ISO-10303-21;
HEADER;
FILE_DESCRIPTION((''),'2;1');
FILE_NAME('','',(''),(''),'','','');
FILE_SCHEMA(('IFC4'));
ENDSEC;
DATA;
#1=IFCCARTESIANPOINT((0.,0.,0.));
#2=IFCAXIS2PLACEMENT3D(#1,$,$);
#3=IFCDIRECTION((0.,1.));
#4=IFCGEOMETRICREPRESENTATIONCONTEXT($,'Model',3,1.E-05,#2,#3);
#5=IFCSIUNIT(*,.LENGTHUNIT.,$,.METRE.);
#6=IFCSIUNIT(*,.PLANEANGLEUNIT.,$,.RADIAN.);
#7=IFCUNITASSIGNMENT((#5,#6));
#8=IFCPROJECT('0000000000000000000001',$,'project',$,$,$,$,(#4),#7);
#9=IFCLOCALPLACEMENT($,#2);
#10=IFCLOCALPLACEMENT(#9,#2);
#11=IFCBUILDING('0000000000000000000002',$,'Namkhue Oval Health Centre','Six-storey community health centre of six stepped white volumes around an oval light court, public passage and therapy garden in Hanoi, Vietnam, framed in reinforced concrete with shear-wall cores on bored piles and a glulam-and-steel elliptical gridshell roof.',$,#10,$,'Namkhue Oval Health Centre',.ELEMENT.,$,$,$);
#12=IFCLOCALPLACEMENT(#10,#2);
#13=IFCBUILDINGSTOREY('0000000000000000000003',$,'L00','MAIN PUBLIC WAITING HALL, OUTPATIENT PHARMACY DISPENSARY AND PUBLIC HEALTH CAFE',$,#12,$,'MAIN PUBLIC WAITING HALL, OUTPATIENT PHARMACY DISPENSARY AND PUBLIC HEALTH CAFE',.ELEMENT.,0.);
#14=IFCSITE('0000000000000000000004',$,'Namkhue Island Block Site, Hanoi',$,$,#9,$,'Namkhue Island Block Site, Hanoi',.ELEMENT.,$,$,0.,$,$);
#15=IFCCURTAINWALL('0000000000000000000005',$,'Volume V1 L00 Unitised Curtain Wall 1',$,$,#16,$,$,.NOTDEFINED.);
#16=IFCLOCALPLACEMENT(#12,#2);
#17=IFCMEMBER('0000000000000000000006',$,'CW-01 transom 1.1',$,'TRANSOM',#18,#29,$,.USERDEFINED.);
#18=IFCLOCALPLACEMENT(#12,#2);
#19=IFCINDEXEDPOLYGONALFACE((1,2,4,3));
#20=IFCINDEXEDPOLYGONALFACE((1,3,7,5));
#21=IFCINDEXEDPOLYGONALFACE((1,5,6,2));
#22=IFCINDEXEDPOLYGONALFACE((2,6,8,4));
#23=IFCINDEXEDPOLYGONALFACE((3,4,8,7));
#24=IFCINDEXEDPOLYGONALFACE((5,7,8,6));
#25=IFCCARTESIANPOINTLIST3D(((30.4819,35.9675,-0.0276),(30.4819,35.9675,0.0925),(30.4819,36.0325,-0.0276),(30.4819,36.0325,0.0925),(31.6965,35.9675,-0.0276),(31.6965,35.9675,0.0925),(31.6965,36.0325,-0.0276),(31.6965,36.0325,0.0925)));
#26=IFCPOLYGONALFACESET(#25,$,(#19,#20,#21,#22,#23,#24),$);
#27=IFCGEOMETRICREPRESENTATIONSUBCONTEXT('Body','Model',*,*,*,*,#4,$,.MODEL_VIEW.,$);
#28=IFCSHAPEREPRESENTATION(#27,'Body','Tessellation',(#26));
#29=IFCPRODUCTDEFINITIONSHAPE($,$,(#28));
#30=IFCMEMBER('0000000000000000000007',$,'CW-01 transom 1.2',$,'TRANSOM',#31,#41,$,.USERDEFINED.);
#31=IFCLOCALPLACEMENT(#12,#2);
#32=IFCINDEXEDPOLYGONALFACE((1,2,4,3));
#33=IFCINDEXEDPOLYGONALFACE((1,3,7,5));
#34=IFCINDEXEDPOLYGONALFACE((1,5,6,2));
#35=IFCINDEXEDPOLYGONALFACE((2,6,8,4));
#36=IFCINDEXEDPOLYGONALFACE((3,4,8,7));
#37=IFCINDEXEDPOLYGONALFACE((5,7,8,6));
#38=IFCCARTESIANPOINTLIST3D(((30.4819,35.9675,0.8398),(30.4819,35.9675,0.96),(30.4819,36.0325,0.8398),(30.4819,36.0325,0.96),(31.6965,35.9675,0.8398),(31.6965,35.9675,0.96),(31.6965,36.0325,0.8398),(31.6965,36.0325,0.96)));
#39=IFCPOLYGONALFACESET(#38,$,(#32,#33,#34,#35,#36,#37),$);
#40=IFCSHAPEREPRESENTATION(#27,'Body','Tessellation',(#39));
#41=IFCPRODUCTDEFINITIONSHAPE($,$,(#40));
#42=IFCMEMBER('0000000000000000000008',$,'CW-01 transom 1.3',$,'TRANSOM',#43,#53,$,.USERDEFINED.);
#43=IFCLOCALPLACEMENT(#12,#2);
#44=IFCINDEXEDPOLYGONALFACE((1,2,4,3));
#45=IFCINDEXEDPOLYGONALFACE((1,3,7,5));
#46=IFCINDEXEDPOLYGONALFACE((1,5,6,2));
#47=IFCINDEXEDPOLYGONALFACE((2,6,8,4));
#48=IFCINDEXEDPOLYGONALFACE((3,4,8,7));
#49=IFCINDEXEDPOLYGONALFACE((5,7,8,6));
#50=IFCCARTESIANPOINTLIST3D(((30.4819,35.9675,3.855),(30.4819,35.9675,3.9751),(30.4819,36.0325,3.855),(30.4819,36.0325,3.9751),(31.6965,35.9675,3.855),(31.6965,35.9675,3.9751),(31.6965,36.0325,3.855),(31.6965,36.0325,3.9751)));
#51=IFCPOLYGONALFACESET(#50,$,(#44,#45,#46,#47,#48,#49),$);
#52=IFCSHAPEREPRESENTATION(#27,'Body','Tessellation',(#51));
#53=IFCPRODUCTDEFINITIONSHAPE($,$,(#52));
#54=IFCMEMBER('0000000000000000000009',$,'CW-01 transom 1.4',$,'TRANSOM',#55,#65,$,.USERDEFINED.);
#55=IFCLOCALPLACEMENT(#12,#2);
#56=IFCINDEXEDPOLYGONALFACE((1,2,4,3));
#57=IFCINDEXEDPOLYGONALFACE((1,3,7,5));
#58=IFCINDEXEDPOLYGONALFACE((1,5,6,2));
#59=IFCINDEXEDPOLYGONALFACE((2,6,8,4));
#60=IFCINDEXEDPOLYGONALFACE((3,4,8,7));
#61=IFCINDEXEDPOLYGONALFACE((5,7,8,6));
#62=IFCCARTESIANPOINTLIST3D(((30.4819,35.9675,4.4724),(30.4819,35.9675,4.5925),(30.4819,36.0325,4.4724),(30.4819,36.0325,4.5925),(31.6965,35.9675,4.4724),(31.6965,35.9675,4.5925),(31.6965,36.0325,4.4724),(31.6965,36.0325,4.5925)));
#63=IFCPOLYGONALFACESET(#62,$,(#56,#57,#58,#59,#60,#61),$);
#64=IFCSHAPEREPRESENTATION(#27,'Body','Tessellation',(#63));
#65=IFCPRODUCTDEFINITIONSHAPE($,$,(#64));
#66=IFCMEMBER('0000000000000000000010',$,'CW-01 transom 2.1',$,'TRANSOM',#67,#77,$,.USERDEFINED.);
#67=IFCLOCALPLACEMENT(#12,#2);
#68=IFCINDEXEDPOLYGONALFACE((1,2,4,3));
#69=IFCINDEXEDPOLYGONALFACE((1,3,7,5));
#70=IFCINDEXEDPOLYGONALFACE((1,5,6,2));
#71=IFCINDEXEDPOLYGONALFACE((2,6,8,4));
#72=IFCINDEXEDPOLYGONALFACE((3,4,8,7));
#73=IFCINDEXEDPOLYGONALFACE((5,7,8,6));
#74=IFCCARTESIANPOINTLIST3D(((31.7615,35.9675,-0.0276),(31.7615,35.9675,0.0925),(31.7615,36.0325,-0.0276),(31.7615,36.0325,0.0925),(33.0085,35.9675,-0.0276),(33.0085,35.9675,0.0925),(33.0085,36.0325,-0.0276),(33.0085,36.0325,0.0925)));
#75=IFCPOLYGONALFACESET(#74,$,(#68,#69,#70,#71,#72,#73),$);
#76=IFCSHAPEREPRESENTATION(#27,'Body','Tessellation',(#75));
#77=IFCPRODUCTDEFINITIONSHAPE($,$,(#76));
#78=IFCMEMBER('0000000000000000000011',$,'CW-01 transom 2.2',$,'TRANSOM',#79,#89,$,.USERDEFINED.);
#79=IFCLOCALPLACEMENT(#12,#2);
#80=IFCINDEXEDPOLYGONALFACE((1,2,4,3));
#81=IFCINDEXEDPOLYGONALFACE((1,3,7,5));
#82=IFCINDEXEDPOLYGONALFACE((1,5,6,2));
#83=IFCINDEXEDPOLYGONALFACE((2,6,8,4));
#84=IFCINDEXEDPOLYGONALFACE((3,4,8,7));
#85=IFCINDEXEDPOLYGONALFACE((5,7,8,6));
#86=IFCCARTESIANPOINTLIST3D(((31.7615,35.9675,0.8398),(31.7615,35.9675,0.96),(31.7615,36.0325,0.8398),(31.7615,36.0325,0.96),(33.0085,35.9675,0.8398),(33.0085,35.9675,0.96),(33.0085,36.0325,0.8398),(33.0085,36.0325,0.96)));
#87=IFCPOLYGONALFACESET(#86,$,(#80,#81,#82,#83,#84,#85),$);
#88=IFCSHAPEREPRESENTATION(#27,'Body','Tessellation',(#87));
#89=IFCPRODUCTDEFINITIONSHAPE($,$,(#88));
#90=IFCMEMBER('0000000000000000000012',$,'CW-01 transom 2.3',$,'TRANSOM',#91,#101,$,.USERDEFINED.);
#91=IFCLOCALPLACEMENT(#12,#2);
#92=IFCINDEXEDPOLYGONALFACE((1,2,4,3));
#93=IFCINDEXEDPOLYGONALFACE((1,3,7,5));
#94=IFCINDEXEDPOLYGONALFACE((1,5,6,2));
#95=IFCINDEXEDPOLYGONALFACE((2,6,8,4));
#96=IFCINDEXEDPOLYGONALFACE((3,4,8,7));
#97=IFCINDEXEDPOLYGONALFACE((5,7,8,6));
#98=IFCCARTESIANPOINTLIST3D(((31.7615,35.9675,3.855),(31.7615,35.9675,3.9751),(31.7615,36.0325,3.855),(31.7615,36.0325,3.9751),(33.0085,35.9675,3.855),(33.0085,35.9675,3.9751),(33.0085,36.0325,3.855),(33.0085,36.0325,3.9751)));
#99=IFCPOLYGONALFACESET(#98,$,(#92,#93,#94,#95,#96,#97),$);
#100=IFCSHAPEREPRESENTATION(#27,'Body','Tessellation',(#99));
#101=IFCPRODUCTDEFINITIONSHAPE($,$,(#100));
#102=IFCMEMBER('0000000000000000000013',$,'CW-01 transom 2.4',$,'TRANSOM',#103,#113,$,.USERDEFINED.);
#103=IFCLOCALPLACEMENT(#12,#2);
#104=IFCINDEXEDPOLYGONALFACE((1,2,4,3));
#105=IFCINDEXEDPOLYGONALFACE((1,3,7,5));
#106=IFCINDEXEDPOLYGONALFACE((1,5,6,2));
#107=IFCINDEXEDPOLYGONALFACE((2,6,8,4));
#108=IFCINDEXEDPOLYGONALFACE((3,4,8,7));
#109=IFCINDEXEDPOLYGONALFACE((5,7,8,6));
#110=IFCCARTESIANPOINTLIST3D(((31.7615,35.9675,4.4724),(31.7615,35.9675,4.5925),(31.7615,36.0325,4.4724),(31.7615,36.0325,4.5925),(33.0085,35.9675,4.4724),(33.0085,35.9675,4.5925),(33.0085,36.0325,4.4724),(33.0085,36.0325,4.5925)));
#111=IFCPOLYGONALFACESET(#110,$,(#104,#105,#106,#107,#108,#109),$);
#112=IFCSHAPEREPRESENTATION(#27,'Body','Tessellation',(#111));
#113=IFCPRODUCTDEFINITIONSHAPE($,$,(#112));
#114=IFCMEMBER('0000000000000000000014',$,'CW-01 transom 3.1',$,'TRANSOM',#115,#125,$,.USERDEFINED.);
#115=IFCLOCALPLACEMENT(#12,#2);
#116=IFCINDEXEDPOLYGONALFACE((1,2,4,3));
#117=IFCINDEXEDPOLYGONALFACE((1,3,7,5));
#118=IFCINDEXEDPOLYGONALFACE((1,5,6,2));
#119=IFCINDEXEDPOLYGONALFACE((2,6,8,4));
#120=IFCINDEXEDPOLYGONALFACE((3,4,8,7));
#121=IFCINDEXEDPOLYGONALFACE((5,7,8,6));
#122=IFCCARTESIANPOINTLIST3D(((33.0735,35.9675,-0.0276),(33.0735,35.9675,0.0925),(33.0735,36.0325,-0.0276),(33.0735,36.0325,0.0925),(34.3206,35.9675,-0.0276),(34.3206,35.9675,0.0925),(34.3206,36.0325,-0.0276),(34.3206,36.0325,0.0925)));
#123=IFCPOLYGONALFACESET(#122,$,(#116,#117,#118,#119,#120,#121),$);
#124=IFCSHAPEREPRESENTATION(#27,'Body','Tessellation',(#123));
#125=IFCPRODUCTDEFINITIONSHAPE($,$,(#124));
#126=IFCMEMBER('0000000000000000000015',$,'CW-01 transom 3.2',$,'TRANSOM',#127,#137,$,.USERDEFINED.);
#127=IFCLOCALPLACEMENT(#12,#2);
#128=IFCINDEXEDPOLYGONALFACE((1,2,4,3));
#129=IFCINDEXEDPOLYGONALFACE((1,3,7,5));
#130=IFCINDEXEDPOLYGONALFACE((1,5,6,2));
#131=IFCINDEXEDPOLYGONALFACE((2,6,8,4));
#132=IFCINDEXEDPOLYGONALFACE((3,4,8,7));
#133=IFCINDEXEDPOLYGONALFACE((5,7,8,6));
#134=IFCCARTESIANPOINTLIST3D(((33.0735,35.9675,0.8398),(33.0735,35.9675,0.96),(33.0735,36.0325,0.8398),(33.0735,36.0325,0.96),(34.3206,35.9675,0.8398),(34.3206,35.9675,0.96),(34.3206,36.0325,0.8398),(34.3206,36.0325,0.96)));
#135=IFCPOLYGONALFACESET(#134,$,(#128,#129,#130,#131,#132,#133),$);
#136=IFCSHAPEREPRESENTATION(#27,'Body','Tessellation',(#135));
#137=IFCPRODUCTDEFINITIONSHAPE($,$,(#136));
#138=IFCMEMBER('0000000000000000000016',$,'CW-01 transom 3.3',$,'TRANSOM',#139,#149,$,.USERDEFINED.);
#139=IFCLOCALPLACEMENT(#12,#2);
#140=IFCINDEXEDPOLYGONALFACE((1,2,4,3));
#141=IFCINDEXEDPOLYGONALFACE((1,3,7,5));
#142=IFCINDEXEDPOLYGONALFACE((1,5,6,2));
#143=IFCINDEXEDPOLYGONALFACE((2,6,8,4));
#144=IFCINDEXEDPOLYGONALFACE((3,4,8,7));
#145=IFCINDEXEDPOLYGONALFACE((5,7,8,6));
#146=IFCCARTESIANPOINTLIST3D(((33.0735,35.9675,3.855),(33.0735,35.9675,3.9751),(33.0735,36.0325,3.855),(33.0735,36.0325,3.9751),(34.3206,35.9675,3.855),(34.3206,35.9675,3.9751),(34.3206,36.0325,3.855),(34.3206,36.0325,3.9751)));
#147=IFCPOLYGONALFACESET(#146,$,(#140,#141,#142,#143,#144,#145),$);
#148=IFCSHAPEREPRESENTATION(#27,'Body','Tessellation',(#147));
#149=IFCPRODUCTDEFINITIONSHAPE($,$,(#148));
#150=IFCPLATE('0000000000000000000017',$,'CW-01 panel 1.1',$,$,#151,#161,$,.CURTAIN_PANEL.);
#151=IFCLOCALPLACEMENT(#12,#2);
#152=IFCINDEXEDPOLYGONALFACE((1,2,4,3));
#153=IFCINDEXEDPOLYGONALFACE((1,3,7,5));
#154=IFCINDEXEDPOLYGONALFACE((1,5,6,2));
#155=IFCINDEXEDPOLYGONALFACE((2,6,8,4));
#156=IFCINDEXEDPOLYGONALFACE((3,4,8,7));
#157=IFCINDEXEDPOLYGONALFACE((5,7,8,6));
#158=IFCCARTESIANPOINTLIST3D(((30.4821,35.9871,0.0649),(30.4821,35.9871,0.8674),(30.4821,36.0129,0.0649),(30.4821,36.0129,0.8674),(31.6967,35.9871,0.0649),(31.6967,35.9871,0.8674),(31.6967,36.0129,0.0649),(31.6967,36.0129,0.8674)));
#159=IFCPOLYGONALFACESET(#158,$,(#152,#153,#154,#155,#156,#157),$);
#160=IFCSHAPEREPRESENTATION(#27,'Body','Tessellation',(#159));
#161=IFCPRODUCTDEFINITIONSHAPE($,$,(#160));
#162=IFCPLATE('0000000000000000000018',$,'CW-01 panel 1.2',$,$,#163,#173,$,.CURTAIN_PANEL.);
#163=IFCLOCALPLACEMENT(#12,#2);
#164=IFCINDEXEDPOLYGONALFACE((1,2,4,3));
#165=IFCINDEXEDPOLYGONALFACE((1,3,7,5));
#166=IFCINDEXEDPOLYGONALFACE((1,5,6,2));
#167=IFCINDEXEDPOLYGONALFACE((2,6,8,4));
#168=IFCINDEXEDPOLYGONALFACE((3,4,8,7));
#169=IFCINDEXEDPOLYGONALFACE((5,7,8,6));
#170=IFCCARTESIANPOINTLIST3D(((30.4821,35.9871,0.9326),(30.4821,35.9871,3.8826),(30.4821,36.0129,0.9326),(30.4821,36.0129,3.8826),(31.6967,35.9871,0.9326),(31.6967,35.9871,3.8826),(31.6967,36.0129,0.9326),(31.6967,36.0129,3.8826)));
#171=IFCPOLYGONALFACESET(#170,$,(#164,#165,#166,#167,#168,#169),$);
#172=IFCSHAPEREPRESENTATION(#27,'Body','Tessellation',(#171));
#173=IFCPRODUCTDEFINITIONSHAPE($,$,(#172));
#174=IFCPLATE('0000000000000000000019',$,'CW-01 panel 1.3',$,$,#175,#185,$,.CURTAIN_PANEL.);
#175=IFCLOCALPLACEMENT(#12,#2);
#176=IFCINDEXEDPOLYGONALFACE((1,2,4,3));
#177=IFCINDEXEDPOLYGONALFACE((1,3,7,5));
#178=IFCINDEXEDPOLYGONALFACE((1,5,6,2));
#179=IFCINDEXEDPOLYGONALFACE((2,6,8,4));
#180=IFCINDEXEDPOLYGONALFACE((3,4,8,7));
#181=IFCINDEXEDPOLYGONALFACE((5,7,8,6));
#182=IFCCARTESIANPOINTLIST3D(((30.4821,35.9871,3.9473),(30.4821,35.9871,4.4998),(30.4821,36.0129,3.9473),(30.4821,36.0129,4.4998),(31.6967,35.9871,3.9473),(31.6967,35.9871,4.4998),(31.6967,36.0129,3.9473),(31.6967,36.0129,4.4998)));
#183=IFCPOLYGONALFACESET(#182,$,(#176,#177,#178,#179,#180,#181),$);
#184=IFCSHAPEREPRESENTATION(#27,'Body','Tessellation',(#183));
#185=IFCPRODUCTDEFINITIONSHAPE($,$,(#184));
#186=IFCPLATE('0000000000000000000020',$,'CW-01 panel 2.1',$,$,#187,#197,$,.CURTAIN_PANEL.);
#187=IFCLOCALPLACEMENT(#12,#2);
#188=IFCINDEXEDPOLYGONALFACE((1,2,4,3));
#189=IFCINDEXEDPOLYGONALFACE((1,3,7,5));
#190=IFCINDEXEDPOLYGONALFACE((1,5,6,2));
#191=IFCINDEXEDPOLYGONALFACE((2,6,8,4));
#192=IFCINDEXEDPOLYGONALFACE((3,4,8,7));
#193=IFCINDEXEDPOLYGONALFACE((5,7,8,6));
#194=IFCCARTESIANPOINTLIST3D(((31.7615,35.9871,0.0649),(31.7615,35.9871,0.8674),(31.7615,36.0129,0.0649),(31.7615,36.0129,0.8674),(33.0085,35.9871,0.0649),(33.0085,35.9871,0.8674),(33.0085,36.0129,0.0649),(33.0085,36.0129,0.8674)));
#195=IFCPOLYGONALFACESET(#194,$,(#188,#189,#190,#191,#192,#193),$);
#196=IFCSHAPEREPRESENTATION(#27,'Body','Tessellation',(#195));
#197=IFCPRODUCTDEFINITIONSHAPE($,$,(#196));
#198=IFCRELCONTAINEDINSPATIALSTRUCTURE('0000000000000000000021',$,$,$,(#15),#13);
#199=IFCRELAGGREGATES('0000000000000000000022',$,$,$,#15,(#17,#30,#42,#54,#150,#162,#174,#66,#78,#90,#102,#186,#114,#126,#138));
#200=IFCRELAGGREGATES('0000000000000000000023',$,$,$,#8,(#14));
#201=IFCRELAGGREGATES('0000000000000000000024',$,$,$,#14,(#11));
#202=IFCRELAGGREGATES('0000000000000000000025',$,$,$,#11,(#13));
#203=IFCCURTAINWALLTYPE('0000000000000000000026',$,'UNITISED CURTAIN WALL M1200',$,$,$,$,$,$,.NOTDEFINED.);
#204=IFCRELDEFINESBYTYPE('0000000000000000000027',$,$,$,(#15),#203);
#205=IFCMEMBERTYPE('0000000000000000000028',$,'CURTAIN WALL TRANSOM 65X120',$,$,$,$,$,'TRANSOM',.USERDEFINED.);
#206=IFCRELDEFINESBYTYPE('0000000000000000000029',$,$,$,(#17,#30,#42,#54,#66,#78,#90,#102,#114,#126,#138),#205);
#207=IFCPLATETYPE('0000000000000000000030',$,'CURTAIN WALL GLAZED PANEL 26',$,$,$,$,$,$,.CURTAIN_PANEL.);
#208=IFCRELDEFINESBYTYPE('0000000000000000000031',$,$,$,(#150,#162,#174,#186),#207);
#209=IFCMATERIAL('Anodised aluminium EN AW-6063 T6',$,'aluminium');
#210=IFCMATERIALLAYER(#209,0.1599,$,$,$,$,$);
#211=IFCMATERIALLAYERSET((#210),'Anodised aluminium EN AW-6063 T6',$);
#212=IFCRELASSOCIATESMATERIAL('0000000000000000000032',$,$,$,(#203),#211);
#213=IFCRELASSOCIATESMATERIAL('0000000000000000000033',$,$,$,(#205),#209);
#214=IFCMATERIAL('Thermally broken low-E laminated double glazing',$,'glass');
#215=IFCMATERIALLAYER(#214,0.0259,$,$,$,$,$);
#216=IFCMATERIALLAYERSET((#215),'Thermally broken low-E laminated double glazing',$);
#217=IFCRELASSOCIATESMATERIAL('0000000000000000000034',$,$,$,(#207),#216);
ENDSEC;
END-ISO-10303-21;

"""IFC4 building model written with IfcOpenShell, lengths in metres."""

from ifc_helpers import new_model, si_unit, direction, frame, origin, origin_2d, place, context, subcontext, project, spatial, rectangle, extrude, material, layer, layer_set, material_profile, profile_set, type_object, element, aggregate, save


model = new_model("IFC4")

# Units and contexts
model_context = context("Model", 3, precision=1e-05, world=origin(), true_north=direction((0.0, 1.0)))
body_context = subcontext(model_context, "Body", "Model", "MODEL_VIEW")
ifc_project = project(units=[si_unit("LENGTHUNIT", "METRE"), si_unit("PLANEANGLEUNIT", "RADIAN")], contexts=[model_context])

# Site, building, storey
site_placement = place(None, origin())
site = spatial("IfcSite", under=ifc_project, at=site_placement, Name="Namkhue Island Block Site, Hanoi", LongName="Namkhue Island Block Site, Hanoi", CompositionType="ELEMENT", RefElevation=0.0)
building_placement = place(site_placement, origin())
building = spatial("IfcBuilding", under=site, at=building_placement, Name="Namkhue Oval Health Centre", Description="Six-storey community health centre of six stepped white volumes around an oval light court, public passage and therapy garden in Hanoi, Vietnam, framed in reinforced concrete with shear-wall cores on bored piles and a glulam-and-steel elliptical gridshell roof.", LongName="Namkhue Oval Health Centre", CompositionType="ELEMENT")
storey_placement = place(building_placement, origin())
storey = spatial("IfcBuildingStorey", under=building, at=storey_placement, Name="L00", Description="MAIN PUBLIC WAITING HALL, OUTPATIENT PHARMACY DISPENSARY AND PUBLIC HEALTH CAFE", LongName="MAIN PUBLIC WAITING HALL, OUTPATIENT PHARMACY DISPENSARY AND PUBLIC HEALTH CAFE", CompositionType="ELEMENT", Elevation=0.0)

# Curtain wall, members, plates
ifc_material_1 = material(Name="Anodised aluminium EN AW-6063 T6", Category="aluminium")
ifc_layer_1 = layer(ifc_material_1, 0.1599)
ifc_layer_set_1 = layer_set([ifc_layer_1], Name="Anodised aluminium EN AW-6063 T6")
curtain_wall_type = type_object("IfcCurtainWallType", Name="UNITISED CURTAIN WALL M1200", PredefinedType="NOTDEFINED", material=ifc_layer_set_1)
curtain_wall_placement = place(storey_placement, origin())
curtain_wall = element("IfcCurtainWall", 1, at=curtain_wall_placement, inside=storey, type_object=curtain_wall_type, Name="Volume V1 L00 Unitised Curtain Wall 1", PredefinedType="NOTDEFINED")
ifc_material_profile_1 = material_profile(ifc_material_1, rectangle(XDim=0.0649, YDim=0.1201, at=origin_2d()), Name="ALU 65x120")
ifc_profile_set_1 = profile_set([ifc_material_profile_1], Name="Anodised aluminium EN AW-6063 T6")
member_type_1 = type_object("IfcMemberType", Name="CURTAIN WALL TRANSOM 65X120", ElementType="TRANSOM", PredefinedType="USERDEFINED", material=ifc_profile_set_1)
member_1_placement = place(storey_placement, frame((30.4819, 36.0, 0.0325), z_axis=(1.0, 0.0, 0.0), x_axis=(0.0, 1.0, 0.0)))
member_1 = element("IfcMember", 2, at=member_1_placement, type_object=member_type_1, Name="CW-01 transom 1.1", ObjectType="TRANSOM", PredefinedType="USERDEFINED", context=body_context, shape_type="SweptSolid", body=[
    extrude(rectangle(XDim=0.0649, YDim=0.1201, at=origin_2d()), origin(), (0.0, 0.0, 1.0), 1.2146),
])
member_2_placement = place(storey_placement, frame((30.4819, 36.0, 0.8999), z_axis=(1.0, 0.0, 0.0), x_axis=(0.0, 1.0, 0.0)))
member_2 = element("IfcMember", 3, at=member_2_placement, type_object=member_type_1, Name="CW-01 transom 1.2", ObjectType="TRANSOM", PredefinedType="USERDEFINED", context=body_context, shape_type="SweptSolid", body=[
    extrude(rectangle(XDim=0.0649, YDim=0.1201, at=origin_2d()), origin(), (0.0, 0.0, 1.0), 1.2146),
])
member_3_placement = place(storey_placement, frame((30.4819, 36.0, 3.915), z_axis=(1.0, 0.0, 0.0), x_axis=(0.0, 1.0, 0.0)))
member_3 = element("IfcMember", 4, at=member_3_placement, type_object=member_type_1, Name="CW-01 transom 1.3", ObjectType="TRANSOM", PredefinedType="USERDEFINED", context=body_context, shape_type="SweptSolid", body=[
    extrude(rectangle(XDim=0.0649, YDim=0.1201, at=origin_2d()), origin(), (0.0, 0.0, 1.0), 1.2146),
])
member_4_placement = place(storey_placement, frame((30.4819, 36.0, 4.5325), z_axis=(1.0, 0.0, 0.0), x_axis=(0.0, 1.0, 0.0)))
member_4 = element("IfcMember", 5, at=member_4_placement, type_object=member_type_1, Name="CW-01 transom 1.4", ObjectType="TRANSOM", PredefinedType="USERDEFINED", context=body_context, shape_type="SweptSolid", body=[
    extrude(rectangle(XDim=0.0649, YDim=0.1201, at=origin_2d()), origin(), (0.0, 0.0, 1.0), 1.2146),
])
member_5_placement = place(storey_placement, frame((31.7615, 36.0, 0.0325), z_axis=(1.0, 0.0, 0.0), x_axis=(0.0, 1.0, 0.0)))
member_5 = element("IfcMember", 6, at=member_5_placement, type_object=member_type_1, Name="CW-01 transom 2.1", ObjectType="TRANSOM", PredefinedType="USERDEFINED", context=body_context, shape_type="SweptSolid", body=[
    extrude(rectangle(XDim=0.0649, YDim=0.1201, at=origin_2d()), origin(), (0.0, 0.0, 1.0), 1.2471),
])
member_6_placement = place(storey_placement, frame((31.7615, 36.0, 0.8999), z_axis=(1.0, 0.0, 0.0), x_axis=(0.0, 1.0, 0.0)))
member_6 = element("IfcMember", 7, at=member_6_placement, type_object=member_type_1, Name="CW-01 transom 2.2", ObjectType="TRANSOM", PredefinedType="USERDEFINED", context=body_context, shape_type="SweptSolid", body=[
    extrude(rectangle(XDim=0.0649, YDim=0.1201, at=origin_2d()), origin(), (0.0, 0.0, 1.0), 1.2471),
])
member_7_placement = place(storey_placement, frame((31.7615, 36.0, 3.915), z_axis=(1.0, 0.0, 0.0), x_axis=(0.0, 1.0, 0.0)))
member_7 = element("IfcMember", 8, at=member_7_placement, type_object=member_type_1, Name="CW-01 transom 2.3", ObjectType="TRANSOM", PredefinedType="USERDEFINED", context=body_context, shape_type="SweptSolid", body=[
    extrude(rectangle(XDim=0.0649, YDim=0.1201, at=origin_2d()), origin(), (0.0, 0.0, 1.0), 1.2471),
])
member_8_placement = place(storey_placement, frame((31.7615, 36.0, 4.5325), z_axis=(1.0, 0.0, 0.0), x_axis=(0.0, 1.0, 0.0)))
member_8 = element("IfcMember", 9, at=member_8_placement, type_object=member_type_1, Name="CW-01 transom 2.4", ObjectType="TRANSOM", PredefinedType="USERDEFINED", context=body_context, shape_type="SweptSolid", body=[
    extrude(rectangle(XDim=0.0649, YDim=0.1201, at=origin_2d()), origin(), (0.0, 0.0, 1.0), 1.2471),
])
member_9_placement = place(storey_placement, frame((33.0735, 36.0, 0.0325), z_axis=(1.0, 0.0, 0.0), x_axis=(0.0, 1.0, 0.0)))
member_9 = element("IfcMember", 10, at=member_9_placement, type_object=member_type_1, Name="CW-01 transom 3.1", ObjectType="TRANSOM", PredefinedType="USERDEFINED", context=body_context, shape_type="SweptSolid", body=[
    extrude(rectangle(XDim=0.0649, YDim=0.1201, at=origin_2d()), origin(), (0.0, 0.0, 1.0), 1.2471),
])
member_10_placement = place(storey_placement, frame((33.0735, 36.0, 0.8999), z_axis=(1.0, 0.0, 0.0), x_axis=(0.0, 1.0, 0.0)))
member_10 = element("IfcMember", 11, at=member_10_placement, type_object=member_type_1, Name="CW-01 transom 3.2", ObjectType="TRANSOM", PredefinedType="USERDEFINED", context=body_context, shape_type="SweptSolid", body=[
    extrude(rectangle(XDim=0.0649, YDim=0.1201, at=origin_2d()), origin(), (0.0, 0.0, 1.0), 1.2471),
])
member_11_placement = place(storey_placement, frame((33.0735, 36.0, 3.915), z_axis=(1.0, 0.0, 0.0), x_axis=(0.0, 1.0, 0.0)))
member_11 = element("IfcMember", 12, at=member_11_placement, type_object=member_type_1, Name="CW-01 transom 3.3", ObjectType="TRANSOM", PredefinedType="USERDEFINED", context=body_context, shape_type="SweptSolid", body=[
    extrude(rectangle(XDim=0.0649, YDim=0.1201, at=origin_2d()), origin(), (0.0, 0.0, 1.0), 1.2471),
])
ifc_material_2 = material(Name="Thermally broken low-E laminated double glazing", Category="glass")
ifc_layer_2 = layer(ifc_material_2, 0.0259)
ifc_layer_set_2 = layer_set([ifc_layer_2], Name="Thermally broken low-E laminated double glazing")
plate_type = type_object("IfcPlateType", Name="CURTAIN WALL GLAZED PANEL 26", PredefinedType="CURTAIN_PANEL", material=ifc_layer_set_2)
plate_1_placement = place(storey_placement, frame((31.0894, 36.0, 0.0649), z_axis=(0.0, 0.0, 1.0), x_axis=(1.0, 0.0, 0.0)))
plate_1 = element("IfcPlate", 13, at=plate_1_placement, type_object=plate_type, Name="CW-01 panel 1.1", PredefinedType="CURTAIN_PANEL", context=body_context, shape_type="SweptSolid", body=[
    extrude(rectangle(XDim=1.2146, YDim=0.0259, at=origin_2d()), origin(), (0.0, 0.0, 1.0), 0.8025),
])
plate_2_placement = place(storey_placement, frame((31.0894, 36.0, 0.9326), z_axis=(0.0, 0.0, 1.0), x_axis=(1.0, 0.0, 0.0)))
plate_2 = element("IfcPlate", 14, at=plate_2_placement, type_object=plate_type, Name="CW-01 panel 1.2", PredefinedType="CURTAIN_PANEL", context=body_context, shape_type="SweptSolid", body=[
    extrude(rectangle(XDim=1.2146, YDim=0.0259, at=origin_2d()), origin(), (0.0, 0.0, 1.0), 2.95),
])
plate_3_placement = place(storey_placement, frame((31.0894, 36.0, 3.9473), z_axis=(0.0, 0.0, 1.0), x_axis=(1.0, 0.0, 0.0)))
plate_3 = element("IfcPlate", 15, at=plate_3_placement, type_object=plate_type, Name="CW-01 panel 1.3", PredefinedType="CURTAIN_PANEL", context=body_context, shape_type="SweptSolid", body=[
    extrude(rectangle(XDim=1.2146, YDim=0.0259, at=origin_2d()), origin(), (0.0, 0.0, 1.0), 0.5525),
])
plate_4_placement = place(storey_placement, frame((32.385, 36.0, 0.0649), z_axis=(0.0, 0.0, 1.0), x_axis=(1.0, 0.0, 0.0)))
plate_4 = element("IfcPlate", 16, at=plate_4_placement, type_object=plate_type, Name="CW-01 panel 2.1", PredefinedType="CURTAIN_PANEL", context=body_context, shape_type="SweptSolid", body=[
    extrude(rectangle(XDim=1.2471, YDim=0.0259, at=origin_2d()), origin(), (0.0, 0.0, 1.0), 0.8025),
])
aggregate(curtain_wall, [member_1, member_2, member_3, member_4, plate_1, plate_2, plate_3, member_5, member_6, member_7, member_8, plate_4, member_9, member_10, member_11])

save(model, "model.ifc")
